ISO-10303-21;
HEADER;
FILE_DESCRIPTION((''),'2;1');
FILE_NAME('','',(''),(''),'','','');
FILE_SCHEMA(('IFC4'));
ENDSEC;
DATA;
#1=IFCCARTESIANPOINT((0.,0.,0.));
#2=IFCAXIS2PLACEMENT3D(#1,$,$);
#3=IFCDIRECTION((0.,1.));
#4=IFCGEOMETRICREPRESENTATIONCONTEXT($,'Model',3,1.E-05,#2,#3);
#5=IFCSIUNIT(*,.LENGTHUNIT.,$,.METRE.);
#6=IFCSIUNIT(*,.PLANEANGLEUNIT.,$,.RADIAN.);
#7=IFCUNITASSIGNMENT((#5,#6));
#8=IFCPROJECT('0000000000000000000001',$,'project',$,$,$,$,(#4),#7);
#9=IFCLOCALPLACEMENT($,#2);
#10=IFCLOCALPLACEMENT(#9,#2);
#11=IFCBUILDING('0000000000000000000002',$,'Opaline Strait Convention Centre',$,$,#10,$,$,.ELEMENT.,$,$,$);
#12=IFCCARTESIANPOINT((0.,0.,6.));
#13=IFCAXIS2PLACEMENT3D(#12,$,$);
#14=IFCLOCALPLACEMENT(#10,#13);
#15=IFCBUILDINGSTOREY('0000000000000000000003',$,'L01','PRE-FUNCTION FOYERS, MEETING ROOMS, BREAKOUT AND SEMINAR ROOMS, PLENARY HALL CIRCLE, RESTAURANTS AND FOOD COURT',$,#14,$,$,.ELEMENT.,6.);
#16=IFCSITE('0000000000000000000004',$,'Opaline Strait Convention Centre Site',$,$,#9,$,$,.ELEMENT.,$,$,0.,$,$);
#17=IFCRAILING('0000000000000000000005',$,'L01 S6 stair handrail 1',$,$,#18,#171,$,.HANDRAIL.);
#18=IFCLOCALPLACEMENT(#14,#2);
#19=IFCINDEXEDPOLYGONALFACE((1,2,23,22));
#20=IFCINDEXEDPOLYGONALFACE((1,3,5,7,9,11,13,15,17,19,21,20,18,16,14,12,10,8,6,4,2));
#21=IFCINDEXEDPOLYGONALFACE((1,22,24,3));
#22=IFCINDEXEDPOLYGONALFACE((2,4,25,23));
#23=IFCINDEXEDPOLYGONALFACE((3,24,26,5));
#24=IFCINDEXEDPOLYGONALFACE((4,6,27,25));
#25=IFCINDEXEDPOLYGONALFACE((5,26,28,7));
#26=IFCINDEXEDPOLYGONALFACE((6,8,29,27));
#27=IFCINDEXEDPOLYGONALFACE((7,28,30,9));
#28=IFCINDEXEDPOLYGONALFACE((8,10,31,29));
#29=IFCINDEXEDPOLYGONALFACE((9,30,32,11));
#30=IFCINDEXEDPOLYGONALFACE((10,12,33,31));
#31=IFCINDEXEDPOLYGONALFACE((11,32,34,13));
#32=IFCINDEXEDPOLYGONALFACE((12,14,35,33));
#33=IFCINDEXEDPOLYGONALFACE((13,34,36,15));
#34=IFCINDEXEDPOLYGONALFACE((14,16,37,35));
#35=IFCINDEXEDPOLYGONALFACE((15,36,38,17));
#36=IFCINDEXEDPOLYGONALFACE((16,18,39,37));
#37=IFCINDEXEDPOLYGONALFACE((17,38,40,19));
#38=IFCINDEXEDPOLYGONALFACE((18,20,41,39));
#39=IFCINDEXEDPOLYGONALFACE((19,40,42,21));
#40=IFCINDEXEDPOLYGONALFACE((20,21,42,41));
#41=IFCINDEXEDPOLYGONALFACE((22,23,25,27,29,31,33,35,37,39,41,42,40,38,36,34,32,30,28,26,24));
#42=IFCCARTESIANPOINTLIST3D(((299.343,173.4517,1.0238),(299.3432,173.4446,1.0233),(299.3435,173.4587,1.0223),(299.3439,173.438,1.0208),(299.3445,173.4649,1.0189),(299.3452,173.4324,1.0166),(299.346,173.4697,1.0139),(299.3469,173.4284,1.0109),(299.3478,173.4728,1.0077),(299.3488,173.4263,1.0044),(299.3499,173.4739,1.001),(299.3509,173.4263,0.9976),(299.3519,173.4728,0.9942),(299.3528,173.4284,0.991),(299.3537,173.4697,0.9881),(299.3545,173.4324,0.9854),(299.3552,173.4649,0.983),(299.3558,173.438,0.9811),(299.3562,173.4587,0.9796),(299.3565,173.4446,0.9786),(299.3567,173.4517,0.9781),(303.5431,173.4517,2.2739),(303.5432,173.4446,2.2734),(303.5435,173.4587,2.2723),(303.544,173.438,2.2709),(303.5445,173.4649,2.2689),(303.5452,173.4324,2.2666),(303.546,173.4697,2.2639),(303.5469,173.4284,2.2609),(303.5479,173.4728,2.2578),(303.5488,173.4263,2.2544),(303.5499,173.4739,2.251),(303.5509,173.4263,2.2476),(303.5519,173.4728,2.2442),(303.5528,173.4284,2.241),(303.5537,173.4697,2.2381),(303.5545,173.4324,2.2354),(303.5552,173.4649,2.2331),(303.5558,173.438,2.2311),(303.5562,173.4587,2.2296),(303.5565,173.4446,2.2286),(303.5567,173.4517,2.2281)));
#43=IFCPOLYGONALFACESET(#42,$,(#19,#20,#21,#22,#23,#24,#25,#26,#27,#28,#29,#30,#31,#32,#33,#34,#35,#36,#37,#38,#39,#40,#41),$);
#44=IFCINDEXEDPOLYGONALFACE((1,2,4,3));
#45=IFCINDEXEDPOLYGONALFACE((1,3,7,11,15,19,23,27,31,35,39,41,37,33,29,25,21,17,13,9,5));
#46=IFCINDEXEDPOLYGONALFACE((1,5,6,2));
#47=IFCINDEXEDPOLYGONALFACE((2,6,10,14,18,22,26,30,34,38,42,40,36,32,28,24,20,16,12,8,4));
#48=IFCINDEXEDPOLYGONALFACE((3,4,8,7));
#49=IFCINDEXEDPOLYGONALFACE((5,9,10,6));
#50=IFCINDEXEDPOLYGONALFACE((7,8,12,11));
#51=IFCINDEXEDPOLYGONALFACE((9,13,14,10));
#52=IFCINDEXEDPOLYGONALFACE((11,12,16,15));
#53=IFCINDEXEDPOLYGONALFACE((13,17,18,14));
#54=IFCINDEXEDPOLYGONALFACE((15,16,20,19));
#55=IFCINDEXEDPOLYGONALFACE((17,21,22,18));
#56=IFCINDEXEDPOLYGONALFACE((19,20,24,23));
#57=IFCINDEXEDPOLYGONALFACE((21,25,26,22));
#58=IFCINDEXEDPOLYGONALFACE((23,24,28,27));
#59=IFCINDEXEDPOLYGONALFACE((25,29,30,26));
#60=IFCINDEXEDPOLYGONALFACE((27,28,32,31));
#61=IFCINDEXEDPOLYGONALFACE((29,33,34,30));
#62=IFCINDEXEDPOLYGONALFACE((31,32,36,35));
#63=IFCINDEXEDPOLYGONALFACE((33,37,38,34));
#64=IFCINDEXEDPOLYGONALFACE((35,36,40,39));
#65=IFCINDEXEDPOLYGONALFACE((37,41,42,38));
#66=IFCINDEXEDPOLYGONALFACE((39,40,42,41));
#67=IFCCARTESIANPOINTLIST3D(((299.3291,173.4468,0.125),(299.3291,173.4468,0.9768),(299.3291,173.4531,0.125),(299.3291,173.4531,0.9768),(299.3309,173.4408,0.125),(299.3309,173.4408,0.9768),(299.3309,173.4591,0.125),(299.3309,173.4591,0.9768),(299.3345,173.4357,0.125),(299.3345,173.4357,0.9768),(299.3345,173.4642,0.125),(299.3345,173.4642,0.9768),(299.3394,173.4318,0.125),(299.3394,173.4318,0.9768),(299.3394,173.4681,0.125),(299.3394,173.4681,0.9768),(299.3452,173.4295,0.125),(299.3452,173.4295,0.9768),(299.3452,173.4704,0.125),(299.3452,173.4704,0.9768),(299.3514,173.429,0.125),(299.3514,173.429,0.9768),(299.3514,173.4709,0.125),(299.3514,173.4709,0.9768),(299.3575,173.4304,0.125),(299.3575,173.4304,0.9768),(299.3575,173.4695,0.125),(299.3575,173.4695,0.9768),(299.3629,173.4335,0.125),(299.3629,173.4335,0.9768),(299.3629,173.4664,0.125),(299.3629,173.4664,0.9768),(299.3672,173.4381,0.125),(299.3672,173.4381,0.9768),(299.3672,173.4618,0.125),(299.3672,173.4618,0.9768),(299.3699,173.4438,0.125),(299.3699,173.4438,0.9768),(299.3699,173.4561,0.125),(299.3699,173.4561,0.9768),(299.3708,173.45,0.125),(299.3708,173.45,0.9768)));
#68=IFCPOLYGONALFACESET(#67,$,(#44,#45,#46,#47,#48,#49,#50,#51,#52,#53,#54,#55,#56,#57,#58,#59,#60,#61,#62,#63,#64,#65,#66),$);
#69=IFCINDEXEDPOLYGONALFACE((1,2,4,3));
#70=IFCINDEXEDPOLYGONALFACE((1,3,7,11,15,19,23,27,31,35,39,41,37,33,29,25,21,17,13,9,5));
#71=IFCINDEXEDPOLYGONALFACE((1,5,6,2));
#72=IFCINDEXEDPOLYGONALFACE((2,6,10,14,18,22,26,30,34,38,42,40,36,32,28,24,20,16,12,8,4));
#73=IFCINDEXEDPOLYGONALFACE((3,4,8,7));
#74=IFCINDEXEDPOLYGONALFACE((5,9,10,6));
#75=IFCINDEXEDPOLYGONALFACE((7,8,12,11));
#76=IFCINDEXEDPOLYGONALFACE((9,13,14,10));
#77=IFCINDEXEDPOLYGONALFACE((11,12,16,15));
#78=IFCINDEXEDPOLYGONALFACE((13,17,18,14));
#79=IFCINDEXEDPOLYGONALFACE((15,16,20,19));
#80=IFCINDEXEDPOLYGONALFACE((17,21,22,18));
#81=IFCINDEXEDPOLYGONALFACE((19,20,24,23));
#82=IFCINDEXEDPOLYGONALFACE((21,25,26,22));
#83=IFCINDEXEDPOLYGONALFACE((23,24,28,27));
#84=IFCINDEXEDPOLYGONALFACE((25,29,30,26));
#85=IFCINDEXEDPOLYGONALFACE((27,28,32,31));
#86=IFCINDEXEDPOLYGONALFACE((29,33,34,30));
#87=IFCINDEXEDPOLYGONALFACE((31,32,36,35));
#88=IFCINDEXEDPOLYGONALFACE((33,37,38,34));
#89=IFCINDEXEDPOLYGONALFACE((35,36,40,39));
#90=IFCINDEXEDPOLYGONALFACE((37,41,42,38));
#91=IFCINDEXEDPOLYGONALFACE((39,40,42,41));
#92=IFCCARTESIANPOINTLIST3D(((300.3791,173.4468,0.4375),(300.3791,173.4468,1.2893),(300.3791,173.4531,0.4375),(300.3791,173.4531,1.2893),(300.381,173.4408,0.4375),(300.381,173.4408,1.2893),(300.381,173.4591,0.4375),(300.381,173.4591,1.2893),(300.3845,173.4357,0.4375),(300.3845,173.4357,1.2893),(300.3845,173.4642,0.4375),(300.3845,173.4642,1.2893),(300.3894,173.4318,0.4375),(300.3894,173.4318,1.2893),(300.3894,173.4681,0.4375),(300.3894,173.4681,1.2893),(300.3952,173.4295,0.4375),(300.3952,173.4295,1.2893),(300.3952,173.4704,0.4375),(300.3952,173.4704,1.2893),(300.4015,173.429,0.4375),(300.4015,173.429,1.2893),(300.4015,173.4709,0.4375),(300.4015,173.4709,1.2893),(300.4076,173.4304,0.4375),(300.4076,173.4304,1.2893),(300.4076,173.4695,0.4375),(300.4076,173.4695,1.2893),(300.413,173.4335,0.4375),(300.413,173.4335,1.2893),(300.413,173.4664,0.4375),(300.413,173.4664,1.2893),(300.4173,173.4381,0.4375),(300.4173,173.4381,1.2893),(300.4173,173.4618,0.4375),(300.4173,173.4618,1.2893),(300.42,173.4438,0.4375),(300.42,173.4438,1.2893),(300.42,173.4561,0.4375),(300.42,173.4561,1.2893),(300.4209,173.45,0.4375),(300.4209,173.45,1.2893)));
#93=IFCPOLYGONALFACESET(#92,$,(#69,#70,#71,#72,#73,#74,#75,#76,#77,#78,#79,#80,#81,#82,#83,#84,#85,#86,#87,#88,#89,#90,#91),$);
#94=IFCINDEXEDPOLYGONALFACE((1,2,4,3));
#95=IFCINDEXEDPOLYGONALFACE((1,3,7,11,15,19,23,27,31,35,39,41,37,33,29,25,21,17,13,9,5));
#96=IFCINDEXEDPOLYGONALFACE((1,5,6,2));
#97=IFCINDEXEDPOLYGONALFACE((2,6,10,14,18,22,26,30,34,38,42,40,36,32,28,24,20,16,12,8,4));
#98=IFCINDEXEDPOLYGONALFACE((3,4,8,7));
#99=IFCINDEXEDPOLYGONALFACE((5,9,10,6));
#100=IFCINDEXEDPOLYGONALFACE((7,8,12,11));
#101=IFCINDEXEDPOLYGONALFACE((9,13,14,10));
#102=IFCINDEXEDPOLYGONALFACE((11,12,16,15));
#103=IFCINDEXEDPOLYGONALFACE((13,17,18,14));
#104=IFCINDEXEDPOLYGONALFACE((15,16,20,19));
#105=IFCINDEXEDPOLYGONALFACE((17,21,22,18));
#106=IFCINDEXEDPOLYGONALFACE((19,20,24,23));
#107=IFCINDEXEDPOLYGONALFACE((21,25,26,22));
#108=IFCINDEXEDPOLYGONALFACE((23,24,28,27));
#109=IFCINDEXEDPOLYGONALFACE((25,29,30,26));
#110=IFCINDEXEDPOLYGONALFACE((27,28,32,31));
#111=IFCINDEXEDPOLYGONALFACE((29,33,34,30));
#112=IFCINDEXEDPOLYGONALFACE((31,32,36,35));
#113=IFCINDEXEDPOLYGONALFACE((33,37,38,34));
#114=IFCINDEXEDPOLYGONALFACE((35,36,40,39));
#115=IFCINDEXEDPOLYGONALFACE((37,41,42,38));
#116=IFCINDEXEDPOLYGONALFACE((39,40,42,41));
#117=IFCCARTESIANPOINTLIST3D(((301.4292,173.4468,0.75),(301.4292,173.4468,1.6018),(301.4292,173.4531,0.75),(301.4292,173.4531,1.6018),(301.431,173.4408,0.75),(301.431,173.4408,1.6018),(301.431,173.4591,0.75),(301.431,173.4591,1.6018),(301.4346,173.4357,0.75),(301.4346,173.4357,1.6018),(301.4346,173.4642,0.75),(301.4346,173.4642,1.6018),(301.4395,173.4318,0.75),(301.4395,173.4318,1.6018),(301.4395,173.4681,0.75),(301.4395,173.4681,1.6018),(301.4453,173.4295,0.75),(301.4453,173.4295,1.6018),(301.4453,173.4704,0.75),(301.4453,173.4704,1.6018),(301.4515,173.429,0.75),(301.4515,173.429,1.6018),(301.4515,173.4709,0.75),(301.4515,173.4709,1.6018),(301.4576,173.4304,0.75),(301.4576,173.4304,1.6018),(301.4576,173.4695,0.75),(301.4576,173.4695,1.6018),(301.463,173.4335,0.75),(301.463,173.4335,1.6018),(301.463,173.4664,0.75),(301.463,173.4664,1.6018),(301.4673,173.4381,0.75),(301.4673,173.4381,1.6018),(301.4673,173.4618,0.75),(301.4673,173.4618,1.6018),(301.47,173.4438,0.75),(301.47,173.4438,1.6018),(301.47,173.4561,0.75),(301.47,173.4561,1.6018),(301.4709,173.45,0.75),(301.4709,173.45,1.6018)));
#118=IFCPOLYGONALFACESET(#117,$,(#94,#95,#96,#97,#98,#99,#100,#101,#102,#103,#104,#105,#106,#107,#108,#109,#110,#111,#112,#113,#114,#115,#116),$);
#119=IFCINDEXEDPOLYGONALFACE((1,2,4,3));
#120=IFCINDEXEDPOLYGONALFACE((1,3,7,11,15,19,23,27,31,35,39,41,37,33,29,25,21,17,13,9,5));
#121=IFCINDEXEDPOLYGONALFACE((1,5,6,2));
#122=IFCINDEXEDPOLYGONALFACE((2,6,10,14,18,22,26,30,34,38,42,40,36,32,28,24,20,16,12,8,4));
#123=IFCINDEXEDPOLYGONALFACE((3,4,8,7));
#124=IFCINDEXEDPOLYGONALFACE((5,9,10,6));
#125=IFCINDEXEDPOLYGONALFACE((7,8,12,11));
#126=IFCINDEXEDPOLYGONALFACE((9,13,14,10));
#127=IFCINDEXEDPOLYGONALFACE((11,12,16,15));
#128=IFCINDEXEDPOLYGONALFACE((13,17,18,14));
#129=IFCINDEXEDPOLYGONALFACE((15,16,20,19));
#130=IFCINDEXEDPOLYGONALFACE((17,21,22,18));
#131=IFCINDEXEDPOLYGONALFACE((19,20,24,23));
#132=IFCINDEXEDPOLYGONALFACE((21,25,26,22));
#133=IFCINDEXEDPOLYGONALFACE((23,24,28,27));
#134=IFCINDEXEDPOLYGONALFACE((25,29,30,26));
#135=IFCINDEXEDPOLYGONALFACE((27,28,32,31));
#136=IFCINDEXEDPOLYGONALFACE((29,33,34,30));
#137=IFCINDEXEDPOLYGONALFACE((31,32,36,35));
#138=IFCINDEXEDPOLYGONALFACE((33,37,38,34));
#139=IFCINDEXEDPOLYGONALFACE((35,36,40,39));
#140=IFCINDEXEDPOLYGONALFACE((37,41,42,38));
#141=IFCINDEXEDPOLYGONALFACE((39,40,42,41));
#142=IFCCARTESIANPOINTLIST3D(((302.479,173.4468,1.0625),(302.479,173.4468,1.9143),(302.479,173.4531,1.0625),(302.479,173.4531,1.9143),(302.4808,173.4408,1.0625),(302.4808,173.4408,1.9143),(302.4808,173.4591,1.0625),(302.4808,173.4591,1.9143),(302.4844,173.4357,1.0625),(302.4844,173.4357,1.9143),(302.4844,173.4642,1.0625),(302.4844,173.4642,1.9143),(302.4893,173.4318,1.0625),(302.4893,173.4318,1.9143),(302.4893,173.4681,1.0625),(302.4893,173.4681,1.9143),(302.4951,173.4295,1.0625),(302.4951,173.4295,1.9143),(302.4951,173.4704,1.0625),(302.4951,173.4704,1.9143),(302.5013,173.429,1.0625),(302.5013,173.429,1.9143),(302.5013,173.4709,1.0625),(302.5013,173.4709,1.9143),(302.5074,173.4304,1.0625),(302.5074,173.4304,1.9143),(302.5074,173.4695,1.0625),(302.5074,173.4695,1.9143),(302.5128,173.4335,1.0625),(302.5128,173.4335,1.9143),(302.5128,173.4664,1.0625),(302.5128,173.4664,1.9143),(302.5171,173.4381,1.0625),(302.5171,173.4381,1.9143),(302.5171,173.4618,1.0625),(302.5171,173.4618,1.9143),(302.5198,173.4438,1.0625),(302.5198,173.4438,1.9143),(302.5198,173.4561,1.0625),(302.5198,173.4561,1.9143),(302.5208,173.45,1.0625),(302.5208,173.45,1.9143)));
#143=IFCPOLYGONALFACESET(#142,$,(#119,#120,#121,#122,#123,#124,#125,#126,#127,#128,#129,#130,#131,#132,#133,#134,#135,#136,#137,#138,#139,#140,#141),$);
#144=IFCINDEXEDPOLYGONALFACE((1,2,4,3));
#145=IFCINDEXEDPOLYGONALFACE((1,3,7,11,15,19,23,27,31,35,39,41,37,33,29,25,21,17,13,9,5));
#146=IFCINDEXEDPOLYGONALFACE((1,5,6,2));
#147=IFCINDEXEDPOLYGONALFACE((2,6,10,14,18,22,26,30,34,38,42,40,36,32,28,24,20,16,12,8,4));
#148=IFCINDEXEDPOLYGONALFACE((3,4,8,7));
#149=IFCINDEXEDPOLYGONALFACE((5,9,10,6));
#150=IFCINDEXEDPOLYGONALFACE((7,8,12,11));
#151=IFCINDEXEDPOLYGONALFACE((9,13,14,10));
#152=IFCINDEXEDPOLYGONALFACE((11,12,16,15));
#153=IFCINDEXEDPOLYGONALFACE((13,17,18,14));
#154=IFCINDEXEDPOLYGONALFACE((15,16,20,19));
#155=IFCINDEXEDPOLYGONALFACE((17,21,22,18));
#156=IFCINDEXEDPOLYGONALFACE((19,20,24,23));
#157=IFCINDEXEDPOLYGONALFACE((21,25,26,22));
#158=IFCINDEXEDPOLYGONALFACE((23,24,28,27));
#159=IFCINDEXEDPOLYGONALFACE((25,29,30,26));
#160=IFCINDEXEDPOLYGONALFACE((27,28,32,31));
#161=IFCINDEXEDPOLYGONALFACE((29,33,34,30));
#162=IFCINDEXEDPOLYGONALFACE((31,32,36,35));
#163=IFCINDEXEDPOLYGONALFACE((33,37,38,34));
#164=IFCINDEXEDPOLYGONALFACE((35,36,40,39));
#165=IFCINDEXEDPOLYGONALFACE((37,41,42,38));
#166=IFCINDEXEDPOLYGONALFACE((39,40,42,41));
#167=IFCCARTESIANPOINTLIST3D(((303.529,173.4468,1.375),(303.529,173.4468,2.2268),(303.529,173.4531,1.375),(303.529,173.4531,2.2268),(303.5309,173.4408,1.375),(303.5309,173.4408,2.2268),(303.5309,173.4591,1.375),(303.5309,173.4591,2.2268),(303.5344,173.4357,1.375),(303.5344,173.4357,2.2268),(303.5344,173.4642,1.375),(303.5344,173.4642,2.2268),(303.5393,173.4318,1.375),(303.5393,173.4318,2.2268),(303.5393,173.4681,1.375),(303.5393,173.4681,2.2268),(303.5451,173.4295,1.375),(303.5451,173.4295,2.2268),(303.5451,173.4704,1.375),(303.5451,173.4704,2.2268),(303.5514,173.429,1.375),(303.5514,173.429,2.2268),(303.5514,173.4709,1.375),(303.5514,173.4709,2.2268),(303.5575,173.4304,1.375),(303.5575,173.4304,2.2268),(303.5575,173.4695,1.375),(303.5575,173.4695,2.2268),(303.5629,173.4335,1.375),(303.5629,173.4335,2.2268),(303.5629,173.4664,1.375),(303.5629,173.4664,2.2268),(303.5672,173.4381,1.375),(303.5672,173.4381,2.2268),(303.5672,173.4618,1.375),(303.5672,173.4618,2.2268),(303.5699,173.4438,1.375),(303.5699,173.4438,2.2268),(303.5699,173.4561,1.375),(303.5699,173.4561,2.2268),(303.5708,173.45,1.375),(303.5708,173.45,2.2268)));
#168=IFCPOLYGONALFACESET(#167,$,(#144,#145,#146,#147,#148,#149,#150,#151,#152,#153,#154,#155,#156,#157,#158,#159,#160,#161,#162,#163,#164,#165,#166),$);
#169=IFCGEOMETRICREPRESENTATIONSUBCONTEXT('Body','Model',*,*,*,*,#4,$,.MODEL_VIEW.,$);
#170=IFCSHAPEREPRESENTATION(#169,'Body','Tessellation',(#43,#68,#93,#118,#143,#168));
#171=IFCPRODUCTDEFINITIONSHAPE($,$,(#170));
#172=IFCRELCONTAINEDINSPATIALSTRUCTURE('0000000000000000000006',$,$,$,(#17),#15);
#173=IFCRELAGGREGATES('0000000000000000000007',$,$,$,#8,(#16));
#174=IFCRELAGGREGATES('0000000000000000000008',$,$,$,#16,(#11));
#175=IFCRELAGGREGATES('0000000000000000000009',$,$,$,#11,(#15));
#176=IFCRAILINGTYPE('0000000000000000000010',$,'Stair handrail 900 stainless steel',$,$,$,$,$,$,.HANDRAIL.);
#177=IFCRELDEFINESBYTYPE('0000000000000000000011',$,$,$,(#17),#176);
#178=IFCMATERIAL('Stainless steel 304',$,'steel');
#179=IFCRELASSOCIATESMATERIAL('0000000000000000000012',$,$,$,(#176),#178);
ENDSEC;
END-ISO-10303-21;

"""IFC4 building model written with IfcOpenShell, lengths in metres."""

from ifc_helpers import new_model, si_unit, direction, frame, origin, origin_2d, place, context, subcontext, project, spatial, circle, extrude, material, type_object, element, save


model = new_model("IFC4")

# Units and contexts
model_context = context("Model", 3, precision=1e-05, world=origin(), true_north=direction((0.0, 1.0)))
body_context = subcontext(model_context, "Body", "Model", "MODEL_VIEW")
ifc_project = project(units=[si_unit("LENGTHUNIT", "METRE"), si_unit("PLANEANGLEUNIT", "RADIAN")], contexts=[model_context])

# Site, building, storey
site_placement = place(None, origin())
site = spatial("IfcSite", under=ifc_project, at=site_placement, Name="Opaline Strait Convention Centre Site", CompositionType="ELEMENT", RefElevation=0.0)
building_placement = place(site_placement, origin())
building = spatial("IfcBuilding", under=site, at=building_placement, Name="Opaline Strait Convention Centre", CompositionType="ELEMENT")
storey_placement = place(building_placement, frame((0.0, 0.0, 6.0)))
storey = spatial("IfcBuildingStorey", under=building, at=storey_placement, Name="L01", Description="PRE-FUNCTION FOYERS, MEETING ROOMS, BREAKOUT AND SEMINAR ROOMS, PLENARY HALL CIRCLE, RESTAURANTS AND FOOD COURT", CompositionType="ELEMENT", Elevation=6.0)

# Railing
ifc_material_1 = material(Name="Stainless steel 304", Category="steel")
railing_type_1 = type_object("IfcRailingType", Name="Stair handrail 900 stainless steel", PredefinedType="HANDRAIL", material=ifc_material_1)
railing_1_placement = place(storey_placement, frame((299.3499, 173.45, 0.125)))
element("IfcRailing", 1, at=railing_1_placement, inside=storey, type_object=railing_type_1, Name="L01 S6 stair handrail 1", PredefinedType="HANDRAIL", context=body_context, shape_type="SweptSolid", body=[
    extrude(circle(Radius=0.0239, at=origin_2d()), frame((0.0, 0.0, 0.876), z_axis=(0.958451, 0.0, 0.285257), x_axis=(0.0, 1.0, 0.0)), (0.0, 0.0, 1.0), 4.3821),
    extrude(circle(Radius=0.021, at=origin_2d()), origin(), (0.0, 0.0, 1.0), 0.8518),
    extrude(circle(Radius=0.021, at=origin_2d()), frame((1.05, 0.0, 0.3125)), (0.0, 0.0, 1.0), 0.8518),
    extrude(circle(Radius=0.021, at=origin_2d()), frame((2.1001, 0.0, 0.625)), (0.0, 0.0, 1.0), 0.8518),
    extrude(circle(Radius=0.021, at=origin_2d()), frame((3.1499, 0.0, 0.9375)), (0.0, 0.0, 1.0), 0.8518),
    extrude(circle(Radius=0.021, at=origin_2d()), frame((4.2, 0.0, 1.25)), (0.0, 0.0, 1.0), 0.8518),
])

save(model, "model.ifc")
